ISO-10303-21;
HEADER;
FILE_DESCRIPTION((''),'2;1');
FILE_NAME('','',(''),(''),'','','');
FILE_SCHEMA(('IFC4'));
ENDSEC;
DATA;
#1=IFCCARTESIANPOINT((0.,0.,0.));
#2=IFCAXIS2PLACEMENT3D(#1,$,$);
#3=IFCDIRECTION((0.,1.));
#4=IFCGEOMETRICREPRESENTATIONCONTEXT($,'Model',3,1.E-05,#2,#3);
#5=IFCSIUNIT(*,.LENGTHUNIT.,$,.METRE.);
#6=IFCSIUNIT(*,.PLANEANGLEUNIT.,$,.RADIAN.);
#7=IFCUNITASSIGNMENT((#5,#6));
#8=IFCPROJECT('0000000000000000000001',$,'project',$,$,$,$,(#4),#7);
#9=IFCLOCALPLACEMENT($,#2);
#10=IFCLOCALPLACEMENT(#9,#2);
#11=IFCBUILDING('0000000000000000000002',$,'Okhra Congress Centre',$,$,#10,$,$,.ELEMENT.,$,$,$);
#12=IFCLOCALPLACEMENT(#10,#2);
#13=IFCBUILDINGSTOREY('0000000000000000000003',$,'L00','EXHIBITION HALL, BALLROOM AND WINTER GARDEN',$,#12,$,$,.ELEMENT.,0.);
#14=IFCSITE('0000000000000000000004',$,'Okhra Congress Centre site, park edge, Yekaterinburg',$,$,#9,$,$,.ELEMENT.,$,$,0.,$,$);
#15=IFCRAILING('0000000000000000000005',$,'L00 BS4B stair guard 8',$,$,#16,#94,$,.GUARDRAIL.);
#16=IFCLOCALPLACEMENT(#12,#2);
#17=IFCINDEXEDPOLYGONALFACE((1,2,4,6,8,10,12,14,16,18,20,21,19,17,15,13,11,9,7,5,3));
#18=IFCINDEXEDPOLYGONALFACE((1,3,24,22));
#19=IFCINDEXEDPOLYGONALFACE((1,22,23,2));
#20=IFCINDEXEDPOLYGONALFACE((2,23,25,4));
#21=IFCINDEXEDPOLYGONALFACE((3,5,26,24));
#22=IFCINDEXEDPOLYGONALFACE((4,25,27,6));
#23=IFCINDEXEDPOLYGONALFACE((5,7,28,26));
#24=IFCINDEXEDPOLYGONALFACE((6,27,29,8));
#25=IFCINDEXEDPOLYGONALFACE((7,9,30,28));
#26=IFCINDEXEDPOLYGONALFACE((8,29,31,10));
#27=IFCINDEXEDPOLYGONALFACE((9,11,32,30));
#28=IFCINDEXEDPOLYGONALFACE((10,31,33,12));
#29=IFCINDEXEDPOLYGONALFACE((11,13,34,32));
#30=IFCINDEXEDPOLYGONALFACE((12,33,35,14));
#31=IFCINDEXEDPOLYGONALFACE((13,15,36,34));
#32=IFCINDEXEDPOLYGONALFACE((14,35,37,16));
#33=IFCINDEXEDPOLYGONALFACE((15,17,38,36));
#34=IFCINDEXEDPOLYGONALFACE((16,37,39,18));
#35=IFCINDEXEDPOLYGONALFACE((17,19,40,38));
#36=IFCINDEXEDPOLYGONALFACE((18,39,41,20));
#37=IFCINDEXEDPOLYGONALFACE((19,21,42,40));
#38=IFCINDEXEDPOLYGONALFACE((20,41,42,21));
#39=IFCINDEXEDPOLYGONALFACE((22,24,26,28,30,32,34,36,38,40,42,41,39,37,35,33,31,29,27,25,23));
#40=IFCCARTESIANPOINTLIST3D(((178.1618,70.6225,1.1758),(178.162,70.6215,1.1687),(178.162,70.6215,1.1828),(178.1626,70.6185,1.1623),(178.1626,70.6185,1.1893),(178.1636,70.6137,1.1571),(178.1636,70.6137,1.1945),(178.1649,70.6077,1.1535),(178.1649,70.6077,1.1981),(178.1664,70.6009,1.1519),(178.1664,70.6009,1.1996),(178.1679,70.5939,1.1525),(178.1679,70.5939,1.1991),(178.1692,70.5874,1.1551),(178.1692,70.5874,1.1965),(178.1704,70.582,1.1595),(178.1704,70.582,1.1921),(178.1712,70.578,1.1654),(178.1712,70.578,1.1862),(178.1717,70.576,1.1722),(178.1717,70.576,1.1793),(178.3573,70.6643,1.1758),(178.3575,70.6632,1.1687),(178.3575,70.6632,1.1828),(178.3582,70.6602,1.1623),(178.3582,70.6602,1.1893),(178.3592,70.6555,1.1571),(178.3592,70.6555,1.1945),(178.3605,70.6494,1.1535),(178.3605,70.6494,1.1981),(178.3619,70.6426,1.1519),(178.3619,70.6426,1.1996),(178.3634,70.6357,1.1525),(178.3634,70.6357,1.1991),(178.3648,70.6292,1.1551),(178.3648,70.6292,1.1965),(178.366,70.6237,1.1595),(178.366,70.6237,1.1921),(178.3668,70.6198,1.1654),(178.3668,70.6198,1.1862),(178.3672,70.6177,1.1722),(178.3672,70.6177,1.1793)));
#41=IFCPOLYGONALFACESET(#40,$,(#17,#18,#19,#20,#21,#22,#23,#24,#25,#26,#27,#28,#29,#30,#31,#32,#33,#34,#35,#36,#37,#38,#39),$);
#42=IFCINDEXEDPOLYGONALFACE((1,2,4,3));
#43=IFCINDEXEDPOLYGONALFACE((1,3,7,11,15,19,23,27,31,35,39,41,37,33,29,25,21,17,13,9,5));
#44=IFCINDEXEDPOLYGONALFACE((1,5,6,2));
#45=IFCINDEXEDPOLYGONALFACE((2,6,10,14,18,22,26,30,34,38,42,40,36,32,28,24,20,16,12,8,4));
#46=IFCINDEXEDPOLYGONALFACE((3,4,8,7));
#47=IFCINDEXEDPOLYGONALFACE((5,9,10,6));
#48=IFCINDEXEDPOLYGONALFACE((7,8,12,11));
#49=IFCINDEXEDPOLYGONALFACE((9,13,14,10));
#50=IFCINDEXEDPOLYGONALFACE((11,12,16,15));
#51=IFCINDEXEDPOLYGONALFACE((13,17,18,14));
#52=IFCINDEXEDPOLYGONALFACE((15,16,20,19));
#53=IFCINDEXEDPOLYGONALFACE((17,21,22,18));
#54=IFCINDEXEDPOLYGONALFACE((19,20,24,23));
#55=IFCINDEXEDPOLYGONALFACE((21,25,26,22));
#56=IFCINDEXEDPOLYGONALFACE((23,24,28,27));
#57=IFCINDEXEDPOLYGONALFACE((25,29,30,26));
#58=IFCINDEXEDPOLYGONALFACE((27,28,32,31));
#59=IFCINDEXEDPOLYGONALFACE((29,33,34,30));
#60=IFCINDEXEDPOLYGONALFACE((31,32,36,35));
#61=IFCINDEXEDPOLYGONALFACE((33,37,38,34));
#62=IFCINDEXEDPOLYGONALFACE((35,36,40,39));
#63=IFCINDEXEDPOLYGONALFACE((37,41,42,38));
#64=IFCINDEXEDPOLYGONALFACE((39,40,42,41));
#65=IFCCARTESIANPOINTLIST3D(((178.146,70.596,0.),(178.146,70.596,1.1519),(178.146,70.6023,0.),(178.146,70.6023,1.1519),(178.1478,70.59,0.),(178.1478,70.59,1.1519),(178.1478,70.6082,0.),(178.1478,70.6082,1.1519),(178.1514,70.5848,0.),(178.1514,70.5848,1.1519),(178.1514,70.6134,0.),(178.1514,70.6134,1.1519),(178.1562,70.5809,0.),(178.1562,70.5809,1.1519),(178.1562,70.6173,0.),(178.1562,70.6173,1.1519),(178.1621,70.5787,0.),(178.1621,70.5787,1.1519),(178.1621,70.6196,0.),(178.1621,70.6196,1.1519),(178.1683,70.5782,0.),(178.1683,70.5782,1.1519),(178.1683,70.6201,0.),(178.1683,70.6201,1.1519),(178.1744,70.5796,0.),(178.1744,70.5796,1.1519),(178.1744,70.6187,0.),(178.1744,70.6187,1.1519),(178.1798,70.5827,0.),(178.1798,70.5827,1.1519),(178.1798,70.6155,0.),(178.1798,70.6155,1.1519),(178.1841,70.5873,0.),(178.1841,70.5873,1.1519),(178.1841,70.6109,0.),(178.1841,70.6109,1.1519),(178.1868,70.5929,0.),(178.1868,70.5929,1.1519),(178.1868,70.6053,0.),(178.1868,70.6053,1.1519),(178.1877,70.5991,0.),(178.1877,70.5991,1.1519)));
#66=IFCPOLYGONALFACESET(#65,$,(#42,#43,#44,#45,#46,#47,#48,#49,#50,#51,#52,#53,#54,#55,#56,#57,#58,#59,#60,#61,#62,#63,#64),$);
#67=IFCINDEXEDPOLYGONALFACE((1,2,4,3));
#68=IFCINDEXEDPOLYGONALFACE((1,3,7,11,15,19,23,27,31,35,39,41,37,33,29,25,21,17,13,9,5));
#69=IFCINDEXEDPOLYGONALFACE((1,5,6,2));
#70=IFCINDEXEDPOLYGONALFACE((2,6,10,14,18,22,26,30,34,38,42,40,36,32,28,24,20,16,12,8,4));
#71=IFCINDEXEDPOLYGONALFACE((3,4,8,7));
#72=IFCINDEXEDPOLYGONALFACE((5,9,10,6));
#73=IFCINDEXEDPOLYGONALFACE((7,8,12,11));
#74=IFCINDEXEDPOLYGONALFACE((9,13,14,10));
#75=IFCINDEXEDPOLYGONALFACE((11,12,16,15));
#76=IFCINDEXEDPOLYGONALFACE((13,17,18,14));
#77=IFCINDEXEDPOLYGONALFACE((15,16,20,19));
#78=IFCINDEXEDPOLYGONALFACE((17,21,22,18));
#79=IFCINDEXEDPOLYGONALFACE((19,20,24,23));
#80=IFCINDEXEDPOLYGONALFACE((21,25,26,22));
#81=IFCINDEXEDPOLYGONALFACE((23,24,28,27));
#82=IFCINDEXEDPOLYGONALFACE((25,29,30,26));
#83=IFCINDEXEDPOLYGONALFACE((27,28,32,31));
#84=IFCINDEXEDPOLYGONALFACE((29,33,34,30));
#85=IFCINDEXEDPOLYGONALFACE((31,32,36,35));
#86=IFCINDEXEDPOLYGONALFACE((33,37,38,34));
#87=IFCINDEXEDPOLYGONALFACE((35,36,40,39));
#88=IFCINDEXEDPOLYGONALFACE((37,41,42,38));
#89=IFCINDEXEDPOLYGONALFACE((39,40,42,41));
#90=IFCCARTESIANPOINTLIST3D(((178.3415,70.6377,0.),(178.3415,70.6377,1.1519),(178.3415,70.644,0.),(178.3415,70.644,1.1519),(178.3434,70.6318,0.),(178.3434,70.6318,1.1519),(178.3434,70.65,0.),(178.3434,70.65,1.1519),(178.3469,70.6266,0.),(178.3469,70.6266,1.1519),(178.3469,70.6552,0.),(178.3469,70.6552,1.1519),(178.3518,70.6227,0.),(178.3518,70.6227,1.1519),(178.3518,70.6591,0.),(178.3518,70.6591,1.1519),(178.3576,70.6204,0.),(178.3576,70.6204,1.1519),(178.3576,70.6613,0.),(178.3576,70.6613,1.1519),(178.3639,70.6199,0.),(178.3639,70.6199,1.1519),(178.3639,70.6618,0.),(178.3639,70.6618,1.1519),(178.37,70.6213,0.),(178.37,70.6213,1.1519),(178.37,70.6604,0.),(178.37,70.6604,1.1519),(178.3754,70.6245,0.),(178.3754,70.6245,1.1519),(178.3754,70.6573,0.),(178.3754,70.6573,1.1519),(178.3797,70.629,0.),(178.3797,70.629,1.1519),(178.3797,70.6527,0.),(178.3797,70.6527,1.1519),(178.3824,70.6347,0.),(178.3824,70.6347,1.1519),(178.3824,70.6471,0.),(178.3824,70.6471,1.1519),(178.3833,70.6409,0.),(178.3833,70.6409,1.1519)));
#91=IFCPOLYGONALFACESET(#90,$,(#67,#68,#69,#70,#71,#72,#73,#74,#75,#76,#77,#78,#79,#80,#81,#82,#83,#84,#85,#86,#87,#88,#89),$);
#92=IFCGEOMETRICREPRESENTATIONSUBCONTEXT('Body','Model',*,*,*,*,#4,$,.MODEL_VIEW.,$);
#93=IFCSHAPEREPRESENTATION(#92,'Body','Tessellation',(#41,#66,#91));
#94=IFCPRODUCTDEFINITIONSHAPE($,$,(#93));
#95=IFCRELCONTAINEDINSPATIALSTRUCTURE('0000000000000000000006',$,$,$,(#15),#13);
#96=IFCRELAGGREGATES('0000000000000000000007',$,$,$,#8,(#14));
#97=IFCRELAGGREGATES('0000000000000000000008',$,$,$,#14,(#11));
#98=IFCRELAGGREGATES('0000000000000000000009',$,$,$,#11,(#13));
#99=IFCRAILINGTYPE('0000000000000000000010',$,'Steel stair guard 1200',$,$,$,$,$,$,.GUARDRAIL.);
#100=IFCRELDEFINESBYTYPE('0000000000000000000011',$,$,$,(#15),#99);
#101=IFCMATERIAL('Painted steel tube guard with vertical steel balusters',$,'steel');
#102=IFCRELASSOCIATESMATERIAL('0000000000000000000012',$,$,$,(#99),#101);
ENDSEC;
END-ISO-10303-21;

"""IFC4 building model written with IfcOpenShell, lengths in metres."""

from ifc_helpers import new_model, si_unit, direction, frame, origin, origin_2d, place, context, subcontext, project, spatial, circle, extrude, material, type_object, element, save


model = new_model("IFC4")

# Units and contexts
model_context = context("Model", 3, precision=1e-05, world=origin(), true_north=direction((0.0, 1.0)))
body_context = subcontext(model_context, "Body", "Model", "MODEL_VIEW")
ifc_project = project(units=[si_unit("LENGTHUNIT", "METRE"), si_unit("PLANEANGLEUNIT", "RADIAN")], contexts=[model_context])

# Site, building, storey
site_placement = place(None, origin())
site = spatial("IfcSite", under=ifc_project, at=site_placement, Name="Okhra Congress Centre site, park edge, Yekaterinburg", CompositionType="ELEMENT", RefElevation=0.0)
building_placement = place(site_placement, origin())
building = spatial("IfcBuilding", under=site, at=building_placement, Name="Okhra Congress Centre", CompositionType="ELEMENT")
storey_placement = place(building_placement, origin())
storey = spatial("IfcBuildingStorey", under=building, at=storey_placement, Name="L00", Description="EXHIBITION HALL, BALLROOM AND WINTER GARDEN", CompositionType="ELEMENT", Elevation=0.0)

# Railing
ifc_material_1 = material(Name="Painted steel tube guard with vertical steel balusters", Category="steel")
railing_type_1 = type_object("IfcRailingType", Name="Steel stair guard 1200", PredefinedType="GUARDRAIL", material=ifc_material_1)
railing_1_placement = place(storey_placement, frame((178.1667, 70.5991, 0.0)))
element("IfcRailing", 1, at=railing_1_placement, inside=storey, type_object=railing_type_1, Name="L00 BS4B stair guard 8", PredefinedType="GUARDRAIL", context=body_context, shape_type="SweptSolid", body=[
    extrude(circle(Radius=0.0239, at=origin_2d()), frame((0.0, 0.0, 1.1758), z_axis=(0.977963, 0.208779, 0.0), x_axis=(-0.208779, 0.977963, 0.0)), (0.0, 0.0, 1.0), 0.2),
    extrude(circle(Radius=0.021, at=origin_2d()), origin(), (0.0, 0.0, 1.0), 1.1519),
    extrude(circle(Radius=0.021, at=origin_2d()), frame((0.1956, 0.0417, 0.0)), (0.0, 0.0, 1.0), 1.1519),
])

save(model, "model.ifc")
